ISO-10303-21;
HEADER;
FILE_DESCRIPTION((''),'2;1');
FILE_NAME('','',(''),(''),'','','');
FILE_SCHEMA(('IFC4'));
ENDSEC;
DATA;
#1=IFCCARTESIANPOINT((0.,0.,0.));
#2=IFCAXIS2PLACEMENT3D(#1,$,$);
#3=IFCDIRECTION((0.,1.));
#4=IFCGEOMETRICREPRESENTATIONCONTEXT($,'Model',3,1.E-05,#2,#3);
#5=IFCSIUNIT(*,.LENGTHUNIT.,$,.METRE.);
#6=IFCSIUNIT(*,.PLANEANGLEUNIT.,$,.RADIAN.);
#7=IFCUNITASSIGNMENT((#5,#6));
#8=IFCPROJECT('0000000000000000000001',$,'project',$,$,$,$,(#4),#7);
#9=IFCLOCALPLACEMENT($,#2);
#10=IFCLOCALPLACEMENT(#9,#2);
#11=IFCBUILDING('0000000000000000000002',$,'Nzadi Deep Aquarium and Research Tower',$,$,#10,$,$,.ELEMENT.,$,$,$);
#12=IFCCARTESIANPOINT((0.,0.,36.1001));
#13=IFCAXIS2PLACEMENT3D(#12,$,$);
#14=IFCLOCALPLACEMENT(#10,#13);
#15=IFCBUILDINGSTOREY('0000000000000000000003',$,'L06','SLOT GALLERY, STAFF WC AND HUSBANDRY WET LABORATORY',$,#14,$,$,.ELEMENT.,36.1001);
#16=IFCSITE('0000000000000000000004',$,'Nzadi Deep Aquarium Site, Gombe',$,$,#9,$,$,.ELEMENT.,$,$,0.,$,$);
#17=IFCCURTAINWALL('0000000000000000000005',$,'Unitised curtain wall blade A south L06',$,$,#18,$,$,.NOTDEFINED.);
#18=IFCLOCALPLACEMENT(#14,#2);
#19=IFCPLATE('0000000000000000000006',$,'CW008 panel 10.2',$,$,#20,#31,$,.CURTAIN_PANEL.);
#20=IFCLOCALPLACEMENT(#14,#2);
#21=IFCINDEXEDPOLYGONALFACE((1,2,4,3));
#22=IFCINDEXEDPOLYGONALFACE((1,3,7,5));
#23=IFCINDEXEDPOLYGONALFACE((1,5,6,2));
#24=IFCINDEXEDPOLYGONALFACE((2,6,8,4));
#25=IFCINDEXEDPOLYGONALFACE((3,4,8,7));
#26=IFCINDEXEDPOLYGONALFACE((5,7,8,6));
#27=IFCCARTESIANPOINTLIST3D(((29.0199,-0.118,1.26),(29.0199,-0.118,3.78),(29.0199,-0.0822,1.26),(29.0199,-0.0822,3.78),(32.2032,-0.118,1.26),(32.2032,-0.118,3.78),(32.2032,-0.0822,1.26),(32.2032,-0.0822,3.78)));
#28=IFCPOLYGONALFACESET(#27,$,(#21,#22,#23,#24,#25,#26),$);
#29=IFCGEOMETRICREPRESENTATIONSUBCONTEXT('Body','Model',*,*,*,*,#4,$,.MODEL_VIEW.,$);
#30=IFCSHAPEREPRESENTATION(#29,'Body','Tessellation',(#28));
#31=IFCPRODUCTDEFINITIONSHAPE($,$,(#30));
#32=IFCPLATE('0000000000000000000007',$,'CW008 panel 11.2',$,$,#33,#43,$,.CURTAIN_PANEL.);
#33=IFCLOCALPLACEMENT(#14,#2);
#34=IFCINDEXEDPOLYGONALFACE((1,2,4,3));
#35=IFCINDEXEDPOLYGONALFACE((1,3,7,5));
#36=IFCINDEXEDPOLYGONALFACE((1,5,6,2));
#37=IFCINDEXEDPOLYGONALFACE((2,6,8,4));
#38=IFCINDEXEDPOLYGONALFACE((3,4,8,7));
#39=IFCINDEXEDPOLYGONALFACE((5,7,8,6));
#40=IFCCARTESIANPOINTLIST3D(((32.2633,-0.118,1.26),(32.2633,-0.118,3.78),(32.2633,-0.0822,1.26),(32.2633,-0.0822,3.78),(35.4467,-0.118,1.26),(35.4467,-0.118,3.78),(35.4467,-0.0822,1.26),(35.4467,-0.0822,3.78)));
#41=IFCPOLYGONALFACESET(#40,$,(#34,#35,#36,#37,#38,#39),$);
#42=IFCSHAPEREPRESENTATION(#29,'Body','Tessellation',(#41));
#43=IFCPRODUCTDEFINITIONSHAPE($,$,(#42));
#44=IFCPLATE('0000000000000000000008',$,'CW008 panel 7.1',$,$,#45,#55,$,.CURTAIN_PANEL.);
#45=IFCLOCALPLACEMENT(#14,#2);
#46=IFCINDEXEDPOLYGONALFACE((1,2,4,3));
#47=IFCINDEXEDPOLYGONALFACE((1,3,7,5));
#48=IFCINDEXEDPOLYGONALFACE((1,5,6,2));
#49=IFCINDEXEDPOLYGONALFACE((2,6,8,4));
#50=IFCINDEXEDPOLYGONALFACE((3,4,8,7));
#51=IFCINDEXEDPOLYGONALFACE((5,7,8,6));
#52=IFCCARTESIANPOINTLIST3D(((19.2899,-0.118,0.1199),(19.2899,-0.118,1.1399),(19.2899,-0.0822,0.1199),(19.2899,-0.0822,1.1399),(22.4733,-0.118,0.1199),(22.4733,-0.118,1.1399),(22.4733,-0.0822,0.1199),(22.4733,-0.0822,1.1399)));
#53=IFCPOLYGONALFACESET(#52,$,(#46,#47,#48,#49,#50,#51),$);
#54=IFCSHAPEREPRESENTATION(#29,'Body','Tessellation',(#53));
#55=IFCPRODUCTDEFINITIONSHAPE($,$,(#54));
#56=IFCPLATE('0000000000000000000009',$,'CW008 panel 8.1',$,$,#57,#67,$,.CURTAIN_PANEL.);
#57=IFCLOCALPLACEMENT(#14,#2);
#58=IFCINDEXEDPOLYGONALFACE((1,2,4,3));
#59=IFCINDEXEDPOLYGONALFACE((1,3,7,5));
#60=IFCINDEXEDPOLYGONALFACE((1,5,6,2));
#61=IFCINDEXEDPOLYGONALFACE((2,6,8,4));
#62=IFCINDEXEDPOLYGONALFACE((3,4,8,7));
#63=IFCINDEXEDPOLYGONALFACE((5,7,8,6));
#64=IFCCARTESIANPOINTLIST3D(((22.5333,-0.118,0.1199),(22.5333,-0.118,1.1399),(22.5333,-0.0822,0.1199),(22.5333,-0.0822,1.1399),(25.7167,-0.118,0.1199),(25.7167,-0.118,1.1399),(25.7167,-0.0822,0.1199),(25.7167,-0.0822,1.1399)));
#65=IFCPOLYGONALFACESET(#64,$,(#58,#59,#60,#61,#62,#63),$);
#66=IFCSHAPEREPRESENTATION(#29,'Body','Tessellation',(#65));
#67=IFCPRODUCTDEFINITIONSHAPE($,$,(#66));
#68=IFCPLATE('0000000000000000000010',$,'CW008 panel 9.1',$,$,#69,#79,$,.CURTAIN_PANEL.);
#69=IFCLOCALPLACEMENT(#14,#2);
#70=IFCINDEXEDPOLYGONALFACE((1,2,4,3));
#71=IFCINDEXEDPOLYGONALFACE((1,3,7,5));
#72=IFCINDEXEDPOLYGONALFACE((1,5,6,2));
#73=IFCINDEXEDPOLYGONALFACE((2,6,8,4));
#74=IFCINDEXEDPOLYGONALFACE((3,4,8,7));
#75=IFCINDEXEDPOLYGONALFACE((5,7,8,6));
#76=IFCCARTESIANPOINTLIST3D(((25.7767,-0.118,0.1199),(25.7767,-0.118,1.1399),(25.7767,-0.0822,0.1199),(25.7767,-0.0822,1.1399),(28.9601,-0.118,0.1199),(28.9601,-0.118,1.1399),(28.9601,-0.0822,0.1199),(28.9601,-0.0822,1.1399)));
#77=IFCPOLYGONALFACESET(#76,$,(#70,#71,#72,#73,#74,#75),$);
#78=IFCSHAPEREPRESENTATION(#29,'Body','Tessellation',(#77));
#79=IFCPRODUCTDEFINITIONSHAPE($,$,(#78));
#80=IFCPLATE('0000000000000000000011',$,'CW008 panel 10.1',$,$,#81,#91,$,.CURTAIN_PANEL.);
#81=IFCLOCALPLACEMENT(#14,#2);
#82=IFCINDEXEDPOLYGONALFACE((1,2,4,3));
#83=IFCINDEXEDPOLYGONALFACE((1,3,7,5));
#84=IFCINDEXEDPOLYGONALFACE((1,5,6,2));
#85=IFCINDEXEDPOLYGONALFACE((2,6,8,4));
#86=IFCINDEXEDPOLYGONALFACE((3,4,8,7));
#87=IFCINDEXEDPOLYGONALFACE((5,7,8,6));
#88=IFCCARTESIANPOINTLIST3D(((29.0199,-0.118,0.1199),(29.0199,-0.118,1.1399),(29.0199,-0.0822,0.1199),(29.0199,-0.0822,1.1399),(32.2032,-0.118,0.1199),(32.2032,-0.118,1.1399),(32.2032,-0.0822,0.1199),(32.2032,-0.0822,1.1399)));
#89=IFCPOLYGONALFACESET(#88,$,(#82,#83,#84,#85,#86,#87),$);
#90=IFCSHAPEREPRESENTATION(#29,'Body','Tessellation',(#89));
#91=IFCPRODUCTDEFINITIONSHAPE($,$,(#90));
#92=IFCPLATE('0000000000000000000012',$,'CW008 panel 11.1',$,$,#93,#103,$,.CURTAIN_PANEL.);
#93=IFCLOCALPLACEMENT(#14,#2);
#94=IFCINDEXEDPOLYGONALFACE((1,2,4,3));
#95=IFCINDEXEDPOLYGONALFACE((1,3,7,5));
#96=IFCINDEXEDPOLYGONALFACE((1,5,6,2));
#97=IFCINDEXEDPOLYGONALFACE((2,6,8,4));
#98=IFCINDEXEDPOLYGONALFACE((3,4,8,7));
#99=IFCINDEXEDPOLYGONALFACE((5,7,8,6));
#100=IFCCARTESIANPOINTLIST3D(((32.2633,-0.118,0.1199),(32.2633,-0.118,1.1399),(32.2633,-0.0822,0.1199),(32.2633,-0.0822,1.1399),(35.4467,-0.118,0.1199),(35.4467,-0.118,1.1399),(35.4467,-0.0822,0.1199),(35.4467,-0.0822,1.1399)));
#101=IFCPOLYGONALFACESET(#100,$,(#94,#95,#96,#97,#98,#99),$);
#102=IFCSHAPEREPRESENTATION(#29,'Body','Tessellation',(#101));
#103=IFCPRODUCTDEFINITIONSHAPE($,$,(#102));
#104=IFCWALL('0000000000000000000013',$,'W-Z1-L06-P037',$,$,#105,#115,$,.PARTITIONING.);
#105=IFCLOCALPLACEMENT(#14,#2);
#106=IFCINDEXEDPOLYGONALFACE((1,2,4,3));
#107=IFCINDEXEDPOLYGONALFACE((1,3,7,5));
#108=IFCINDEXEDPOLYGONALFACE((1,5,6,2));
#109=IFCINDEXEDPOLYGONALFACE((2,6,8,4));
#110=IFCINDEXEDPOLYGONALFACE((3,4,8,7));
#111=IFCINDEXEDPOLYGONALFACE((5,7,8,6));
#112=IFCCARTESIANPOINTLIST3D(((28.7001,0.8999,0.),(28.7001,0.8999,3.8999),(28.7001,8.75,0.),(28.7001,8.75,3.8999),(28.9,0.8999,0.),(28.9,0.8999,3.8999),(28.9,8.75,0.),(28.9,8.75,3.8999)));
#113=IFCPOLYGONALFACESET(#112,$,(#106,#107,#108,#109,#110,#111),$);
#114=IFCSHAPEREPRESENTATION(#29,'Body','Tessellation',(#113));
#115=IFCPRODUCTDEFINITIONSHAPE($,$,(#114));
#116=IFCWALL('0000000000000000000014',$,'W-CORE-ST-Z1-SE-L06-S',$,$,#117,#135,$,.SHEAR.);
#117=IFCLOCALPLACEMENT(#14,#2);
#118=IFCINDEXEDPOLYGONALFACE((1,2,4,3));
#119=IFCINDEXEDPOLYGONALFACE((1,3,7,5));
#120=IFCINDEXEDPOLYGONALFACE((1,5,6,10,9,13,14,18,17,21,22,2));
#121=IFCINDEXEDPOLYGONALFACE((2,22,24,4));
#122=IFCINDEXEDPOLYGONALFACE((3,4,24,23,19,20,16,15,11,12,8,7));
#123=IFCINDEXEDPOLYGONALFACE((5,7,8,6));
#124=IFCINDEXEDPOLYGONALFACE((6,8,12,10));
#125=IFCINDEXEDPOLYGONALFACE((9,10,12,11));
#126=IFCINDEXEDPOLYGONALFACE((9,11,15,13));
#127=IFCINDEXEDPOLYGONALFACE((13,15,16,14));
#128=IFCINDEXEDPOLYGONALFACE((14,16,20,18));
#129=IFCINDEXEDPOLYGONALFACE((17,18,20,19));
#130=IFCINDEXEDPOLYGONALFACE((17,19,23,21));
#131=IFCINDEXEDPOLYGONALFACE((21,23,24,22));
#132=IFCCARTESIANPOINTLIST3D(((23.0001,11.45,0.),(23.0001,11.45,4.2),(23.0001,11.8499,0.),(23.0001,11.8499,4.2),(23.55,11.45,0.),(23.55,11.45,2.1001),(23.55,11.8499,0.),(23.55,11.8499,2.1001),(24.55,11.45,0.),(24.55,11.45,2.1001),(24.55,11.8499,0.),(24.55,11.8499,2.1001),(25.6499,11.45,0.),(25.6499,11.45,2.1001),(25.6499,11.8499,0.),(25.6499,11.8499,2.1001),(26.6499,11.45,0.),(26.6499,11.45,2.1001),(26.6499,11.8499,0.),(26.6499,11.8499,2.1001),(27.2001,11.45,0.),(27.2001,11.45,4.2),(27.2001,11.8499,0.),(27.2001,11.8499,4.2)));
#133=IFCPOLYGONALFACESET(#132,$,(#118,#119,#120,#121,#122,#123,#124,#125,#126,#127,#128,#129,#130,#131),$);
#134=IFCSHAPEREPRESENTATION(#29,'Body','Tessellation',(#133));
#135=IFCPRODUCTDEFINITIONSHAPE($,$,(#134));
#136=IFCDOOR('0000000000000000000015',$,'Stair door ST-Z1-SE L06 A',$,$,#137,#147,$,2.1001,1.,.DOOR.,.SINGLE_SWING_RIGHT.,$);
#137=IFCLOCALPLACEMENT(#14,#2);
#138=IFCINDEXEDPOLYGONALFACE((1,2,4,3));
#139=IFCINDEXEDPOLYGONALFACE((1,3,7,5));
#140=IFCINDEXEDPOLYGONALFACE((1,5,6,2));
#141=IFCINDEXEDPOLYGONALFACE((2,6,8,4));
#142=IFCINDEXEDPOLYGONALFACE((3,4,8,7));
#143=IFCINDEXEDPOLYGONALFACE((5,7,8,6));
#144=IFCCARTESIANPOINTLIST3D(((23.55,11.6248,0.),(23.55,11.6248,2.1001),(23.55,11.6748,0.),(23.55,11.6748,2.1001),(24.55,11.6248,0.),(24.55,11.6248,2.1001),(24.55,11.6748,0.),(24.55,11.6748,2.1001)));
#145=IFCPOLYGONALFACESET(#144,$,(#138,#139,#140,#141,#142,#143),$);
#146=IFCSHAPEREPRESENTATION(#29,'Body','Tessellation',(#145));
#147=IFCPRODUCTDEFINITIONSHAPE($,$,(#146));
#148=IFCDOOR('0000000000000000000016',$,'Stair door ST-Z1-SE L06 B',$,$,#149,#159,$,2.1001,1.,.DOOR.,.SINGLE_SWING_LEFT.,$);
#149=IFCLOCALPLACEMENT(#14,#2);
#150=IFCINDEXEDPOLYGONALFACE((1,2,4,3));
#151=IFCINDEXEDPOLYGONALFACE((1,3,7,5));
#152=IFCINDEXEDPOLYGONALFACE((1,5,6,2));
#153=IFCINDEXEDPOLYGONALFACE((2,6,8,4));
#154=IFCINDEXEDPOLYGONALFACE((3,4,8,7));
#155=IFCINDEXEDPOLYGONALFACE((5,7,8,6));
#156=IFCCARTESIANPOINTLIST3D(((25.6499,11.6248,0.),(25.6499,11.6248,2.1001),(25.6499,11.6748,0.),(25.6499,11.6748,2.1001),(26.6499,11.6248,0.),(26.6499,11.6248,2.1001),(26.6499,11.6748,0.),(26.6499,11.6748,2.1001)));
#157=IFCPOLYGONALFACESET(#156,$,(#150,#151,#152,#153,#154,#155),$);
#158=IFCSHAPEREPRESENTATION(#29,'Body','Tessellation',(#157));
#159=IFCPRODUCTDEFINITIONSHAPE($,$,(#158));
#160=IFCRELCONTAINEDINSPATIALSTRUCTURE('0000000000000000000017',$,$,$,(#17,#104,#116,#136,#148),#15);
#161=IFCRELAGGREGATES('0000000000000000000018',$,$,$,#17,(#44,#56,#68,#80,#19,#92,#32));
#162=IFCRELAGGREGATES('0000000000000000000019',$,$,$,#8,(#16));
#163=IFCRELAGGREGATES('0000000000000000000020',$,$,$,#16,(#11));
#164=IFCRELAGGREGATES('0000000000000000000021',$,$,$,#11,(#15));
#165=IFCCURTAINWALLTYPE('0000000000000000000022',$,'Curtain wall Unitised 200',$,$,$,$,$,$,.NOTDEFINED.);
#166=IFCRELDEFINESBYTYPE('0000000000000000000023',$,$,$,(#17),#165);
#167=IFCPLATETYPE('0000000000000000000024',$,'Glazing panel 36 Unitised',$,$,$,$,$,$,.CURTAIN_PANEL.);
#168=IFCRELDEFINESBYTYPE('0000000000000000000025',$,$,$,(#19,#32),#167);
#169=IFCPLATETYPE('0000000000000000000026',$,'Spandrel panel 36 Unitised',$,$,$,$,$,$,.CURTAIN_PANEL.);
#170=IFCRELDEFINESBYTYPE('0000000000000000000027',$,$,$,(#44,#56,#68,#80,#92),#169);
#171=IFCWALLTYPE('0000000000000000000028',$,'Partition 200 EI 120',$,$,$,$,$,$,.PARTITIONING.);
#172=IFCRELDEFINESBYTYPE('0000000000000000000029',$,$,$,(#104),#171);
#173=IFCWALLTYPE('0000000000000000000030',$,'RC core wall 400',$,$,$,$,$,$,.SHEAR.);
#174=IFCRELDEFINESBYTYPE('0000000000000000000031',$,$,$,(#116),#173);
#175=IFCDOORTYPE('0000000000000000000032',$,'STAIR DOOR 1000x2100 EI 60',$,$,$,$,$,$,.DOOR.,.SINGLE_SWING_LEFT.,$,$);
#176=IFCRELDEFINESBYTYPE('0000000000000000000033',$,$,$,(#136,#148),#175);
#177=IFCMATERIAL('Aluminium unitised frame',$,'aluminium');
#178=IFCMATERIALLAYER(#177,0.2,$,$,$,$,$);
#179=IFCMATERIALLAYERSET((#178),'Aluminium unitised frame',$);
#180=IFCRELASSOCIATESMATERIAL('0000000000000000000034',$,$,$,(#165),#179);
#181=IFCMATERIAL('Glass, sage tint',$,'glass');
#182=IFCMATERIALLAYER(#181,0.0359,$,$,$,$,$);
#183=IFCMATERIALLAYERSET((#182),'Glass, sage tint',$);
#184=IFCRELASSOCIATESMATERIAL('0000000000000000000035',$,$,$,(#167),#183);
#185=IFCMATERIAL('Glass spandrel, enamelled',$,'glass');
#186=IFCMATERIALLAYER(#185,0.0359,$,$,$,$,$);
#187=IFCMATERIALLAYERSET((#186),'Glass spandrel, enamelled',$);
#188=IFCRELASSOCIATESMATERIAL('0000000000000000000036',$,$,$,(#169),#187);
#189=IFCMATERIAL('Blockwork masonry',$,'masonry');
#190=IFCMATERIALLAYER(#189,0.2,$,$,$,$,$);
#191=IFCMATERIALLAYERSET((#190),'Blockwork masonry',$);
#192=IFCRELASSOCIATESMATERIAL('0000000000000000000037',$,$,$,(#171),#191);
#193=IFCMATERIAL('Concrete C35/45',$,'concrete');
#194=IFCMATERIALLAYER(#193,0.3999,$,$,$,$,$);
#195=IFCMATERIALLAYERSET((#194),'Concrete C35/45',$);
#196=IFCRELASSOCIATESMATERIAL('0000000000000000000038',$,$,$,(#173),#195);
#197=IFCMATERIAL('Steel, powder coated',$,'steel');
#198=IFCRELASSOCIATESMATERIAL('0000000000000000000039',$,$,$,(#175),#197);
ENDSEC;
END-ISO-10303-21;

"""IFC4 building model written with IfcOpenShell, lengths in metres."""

from ifc_helpers import new_model, si_unit, direction, frame, frame_2d, origin, origin_2d, place, context, subcontext, project, spatial, rectangle, extrude, material, layer, layer_set, type_object, element, fill, aggregate, save


model = new_model("IFC4")

# Units and contexts
model_context = context("Model", 3, precision=1e-05, world=origin(), true_north=direction((0.0, 1.0)))
body_context = subcontext(model_context, "Body", "Model", "MODEL_VIEW")
ifc_project = project(units=[si_unit("LENGTHUNIT", "METRE"), si_unit("PLANEANGLEUNIT", "RADIAN")], contexts=[model_context])

# Site, building, storey
site_placement = place(None, origin())
site = spatial("IfcSite", under=ifc_project, at=site_placement, Name="Nzadi Deep Aquarium Site, Gombe", CompositionType="ELEMENT", RefElevation=0.0)
building_placement = place(site_placement, origin())
building = spatial("IfcBuilding", under=site, at=building_placement, Name="Nzadi Deep Aquarium and Research Tower", CompositionType="ELEMENT")
storey_placement = place(building_placement, frame((0.0, 0.0, 36.1001)))
storey = spatial("IfcBuildingStorey", under=building, at=storey_placement, Name="L06", Description="SLOT GALLERY, STAFF WC AND HUSBANDRY WET LABORATORY", CompositionType="ELEMENT", Elevation=36.1001)

# Curtain wall
ifc_material_1 = material(Name="Aluminium unitised frame", Category="aluminium")
ifc_layer_1 = layer(ifc_material_1, 0.2)
ifc_layer_set_1 = layer_set([ifc_layer_1], Name="Aluminium unitised frame")
curtain_wall_type = type_object("IfcCurtainWallType", Name="Curtain wall Unitised 200", PredefinedType="NOTDEFINED", material=ifc_layer_set_1)
curtain_wall_placement = place(storey_placement, origin())
curtain_wall = element("IfcCurtainWall", 1, at=curtain_wall_placement, inside=storey, type_object=curtain_wall_type, Name="Unitised curtain wall blade A south L06", PredefinedType="NOTDEFINED")

# Plates
ifc_material_2 = material(Name="Glass, sage tint", Category="glass")
ifc_layer_2 = layer(ifc_material_2, 0.0359)
ifc_layer_set_2 = layer_set([ifc_layer_2], Name="Glass, sage tint")
plate_type_1 = type_object("IfcPlateType", Name="Glazing panel 36 Unitised", PredefinedType="CURTAIN_PANEL", material=ifc_layer_set_2)
plate_1_placement = place(storey_placement, frame((30.6116, -0.1001, 1.26), z_axis=(0.0, 0.0, 1.0), x_axis=(1.0, 0.0, 0.0)))
plate_1 = element("IfcPlate", 2, at=plate_1_placement, type_object=plate_type_1, Name="CW008 panel 10.2", PredefinedType="CURTAIN_PANEL", context=body_context, shape_type="SweptSolid", body=[
    extrude(rectangle(XDim=3.1833, YDim=0.0359, at=origin_2d()), origin(), (0.0, 0.0, 1.0), 2.52),
])
plate_2_placement = place(storey_placement, frame((33.855, -0.1001, 1.26), z_axis=(0.0, 0.0, 1.0), x_axis=(1.0, 0.0, 0.0)))
plate_2 = element("IfcPlate", 3, at=plate_2_placement, type_object=plate_type_1, Name="CW008 panel 11.2", PredefinedType="CURTAIN_PANEL", context=body_context, shape_type="SweptSolid", body=[
    extrude(rectangle(XDim=3.1833, YDim=0.0359, at=origin_2d()), origin(), (0.0, 0.0, 1.0), 2.52),
])
ifc_material_3 = material(Name="Glass spandrel, enamelled", Category="glass")
ifc_layer_3 = layer(ifc_material_3, 0.0359)
ifc_layer_set_3 = layer_set([ifc_layer_3], Name="Glass spandrel, enamelled")
plate_type_2 = type_object("IfcPlateType", Name="Spandrel panel 36 Unitised", PredefinedType="CURTAIN_PANEL", material=ifc_layer_set_3)
plate_3_placement = place(storey_placement, frame((20.8816, -0.1001, 0.1199), z_axis=(0.0, 0.0, 1.0), x_axis=(1.0, 0.0, 0.0)))
plate_3 = element("IfcPlate", 4, at=plate_3_placement, type_object=plate_type_2, Name="CW008 panel 7.1", PredefinedType="CURTAIN_PANEL", context=body_context, shape_type="SweptSolid", body=[
    extrude(rectangle(XDim=3.1833, YDim=0.0359, at=origin_2d()), origin(), (0.0, 0.0, 1.0), 1.02),
])
plate_4_placement = place(storey_placement, frame((24.125, -0.1001, 0.1199), z_axis=(0.0, 0.0, 1.0), x_axis=(1.0, 0.0, 0.0)))
plate_4 = element("IfcPlate", 5, at=plate_4_placement, type_object=plate_type_2, Name="CW008 panel 8.1", PredefinedType="CURTAIN_PANEL", context=body_context, shape_type="SweptSolid", body=[
    extrude(rectangle(XDim=3.1833, YDim=0.0359, at=origin_2d()), origin(), (0.0, 0.0, 1.0), 1.02),
])
plate_5_placement = place(storey_placement, frame((27.3684, -0.1001, 0.1199), z_axis=(0.0, 0.0, 1.0), x_axis=(1.0, 0.0, 0.0)))
plate_5 = element("IfcPlate", 6, at=plate_5_placement, type_object=plate_type_2, Name="CW008 panel 9.1", PredefinedType="CURTAIN_PANEL", context=body_context, shape_type="SweptSolid", body=[
    extrude(rectangle(XDim=3.1833, YDim=0.0359, at=origin_2d()), origin(), (0.0, 0.0, 1.0), 1.02),
])
plate_6_placement = place(storey_placement, frame((30.6116, -0.1001, 0.1199), z_axis=(0.0, 0.0, 1.0), x_axis=(1.0, 0.0, 0.0)))
plate_6 = element("IfcPlate", 7, at=plate_6_placement, type_object=plate_type_2, Name="CW008 panel 10.1", PredefinedType="CURTAIN_PANEL", context=body_context, shape_type="SweptSolid", body=[
    extrude(rectangle(XDim=3.1833, YDim=0.0359, at=origin_2d()), origin(), (0.0, 0.0, 1.0), 1.02),
])
plate_7_placement = place(storey_placement, frame((33.855, -0.1001, 0.1199), z_axis=(0.0, 0.0, 1.0), x_axis=(1.0, 0.0, 0.0)))
plate_7 = element("IfcPlate", 8, at=plate_7_placement, type_object=plate_type_2, Name="CW008 panel 11.1", PredefinedType="CURTAIN_PANEL", context=body_context, shape_type="SweptSolid", body=[
    extrude(rectangle(XDim=3.1833, YDim=0.0359, at=origin_2d()), origin(), (0.0, 0.0, 1.0), 1.02),
])
aggregate(curtain_wall, [plate_3, plate_4, plate_5, plate_6, plate_1, plate_7, plate_2])

# Wall
ifc_material_4 = material(Name="Blockwork masonry", Category="masonry")
ifc_layer_4 = layer(ifc_material_4, 0.2)
ifc_layer_set_4 = layer_set([ifc_layer_4], Name="Blockwork masonry")
wall_type_1 = type_object("IfcWallType", Name="Partition 200 EI 120", PredefinedType="PARTITIONING", material=ifc_layer_set_4)
wall_1_placement = place(storey_placement, frame((28.8, 0.8999, 0.0), z_axis=(0.0, 0.0, 1.0), x_axis=(0.0, 1.0, 0.0)))
element("IfcWall", 9, at=wall_1_placement, inside=storey, type_object=wall_type_1, Name="W-Z1-L06-P037", PredefinedType="PARTITIONING", context=body_context, shape_type="SweptSolid", body=[
    extrude(rectangle(XDim=7.8501, YDim=0.2, at=frame_2d((3.925, 0.0))), origin(), (0.0, 0.0, 1.0), 3.8999),
])

# Wall, openings, doors
ifc_material_5 = material(Name="Concrete C35/45", Category="concrete")
ifc_layer_5 = layer(ifc_material_5, 0.3999)
ifc_layer_set_5 = layer_set([ifc_layer_5], Name="Concrete C35/45")
wall_type_2 = type_object("IfcWallType", Name="RC core wall 400", PredefinedType="SHEAR", material=ifc_layer_set_5)
wall_2_placement = place(storey_placement, frame((23.0, 11.6499, 0.0), z_axis=(0.0, 0.0, 1.0), x_axis=(1.0, 0.0, 0.0)))
wall_2 = element("IfcWall", 10, at=wall_2_placement, inside=storey, type_object=wall_type_2, Name="W-CORE-ST-Z1-SE-L06-S", PredefinedType="SHEAR", context=body_context, shape_type="SweptSolid", body=[
    extrude(rectangle(XDim=4.2, YDim=0.3999, at=frame_2d((2.1001, 0.0))), origin(), (0.0, 0.0, 1.0), 4.2),
])
opening_1_placement = place(wall_2_placement, frame((0.55, 0.0, 0.0)))
opening_1 = element("IfcOpeningElement", 11, at=opening_1_placement, cuts=wall_2, PredefinedType="OPENING", context=body_context, shape_type="SweptSolid", body=[
    extrude(rectangle(XDim=1.0, YDim=2.1001, at=frame_2d((0.5, 1.05))), frame((0.0, 0.21, 0.0), z_axis=(0.0, -1.0, 0.0), x_axis=(1.0, 0.0, 0.0)), (0.0, 0.0, 1.0), 0.4199),
])
opening_2_placement = place(wall_2_placement, frame((2.6499, 0.0, 0.0)))
opening_2 = element("IfcOpeningElement", 12, at=opening_2_placement, cuts=wall_2, PredefinedType="OPENING", context=body_context, shape_type="SweptSolid", body=[
    extrude(rectangle(XDim=1.0, YDim=2.1001, at=frame_2d((0.5, 1.05))), frame((0.0, 0.21, 0.0), z_axis=(0.0, -1.0, 0.0), x_axis=(1.0, 0.0, 0.0)), (0.0, 0.0, 1.0), 0.4199),
])
ifc_material_6 = material(Name="Steel, powder coated", Category="steel")
door_type = type_object("IfcDoorType", Name="STAIR DOOR 1000x2100 EI 60", OperationType="SINGLE_SWING_LEFT", PredefinedType="DOOR", material=ifc_material_6)
door_1_placement = place(opening_1_placement, origin())
door_1 = element("IfcDoor", 13, at=door_1_placement, inside=storey, type_object=door_type, Name="Stair door ST-Z1-SE L06 A", OperationType="SINGLE_SWING_RIGHT", OverallHeight=2.1001, OverallWidth=1.0, PredefinedType="DOOR", context=body_context, shape_type="SweptSolid", body=[
    extrude(rectangle(XDim=1.0, YDim=2.1001, at=frame_2d((0.5, 1.05))), frame((0.0, 0.0249, 0.0), z_axis=(0.0, -1.0, 0.0), x_axis=(1.0, 0.0, 0.0)), (0.0, 0.0, 1.0), 0.05),
])
fill(opening_1, door_1)
door_2_placement = place(opening_2_placement, origin())
door_2 = element("IfcDoor", 14, at=door_2_placement, inside=storey, type_object=door_type, Name="Stair door ST-Z1-SE L06 B", OperationType="SINGLE_SWING_LEFT", OverallHeight=2.1001, OverallWidth=1.0, PredefinedType="DOOR", context=body_context, shape_type="SweptSolid", body=[
    extrude(rectangle(XDim=1.0, YDim=2.1001, at=frame_2d((0.5, 1.05))), frame((0.0, 0.0249, 0.0), z_axis=(0.0, -1.0, 0.0), x_axis=(1.0, 0.0, 0.0)), (0.0, 0.0, 1.0), 0.05),
])
fill(opening_2, door_2)

save(model, "model.ifc")
